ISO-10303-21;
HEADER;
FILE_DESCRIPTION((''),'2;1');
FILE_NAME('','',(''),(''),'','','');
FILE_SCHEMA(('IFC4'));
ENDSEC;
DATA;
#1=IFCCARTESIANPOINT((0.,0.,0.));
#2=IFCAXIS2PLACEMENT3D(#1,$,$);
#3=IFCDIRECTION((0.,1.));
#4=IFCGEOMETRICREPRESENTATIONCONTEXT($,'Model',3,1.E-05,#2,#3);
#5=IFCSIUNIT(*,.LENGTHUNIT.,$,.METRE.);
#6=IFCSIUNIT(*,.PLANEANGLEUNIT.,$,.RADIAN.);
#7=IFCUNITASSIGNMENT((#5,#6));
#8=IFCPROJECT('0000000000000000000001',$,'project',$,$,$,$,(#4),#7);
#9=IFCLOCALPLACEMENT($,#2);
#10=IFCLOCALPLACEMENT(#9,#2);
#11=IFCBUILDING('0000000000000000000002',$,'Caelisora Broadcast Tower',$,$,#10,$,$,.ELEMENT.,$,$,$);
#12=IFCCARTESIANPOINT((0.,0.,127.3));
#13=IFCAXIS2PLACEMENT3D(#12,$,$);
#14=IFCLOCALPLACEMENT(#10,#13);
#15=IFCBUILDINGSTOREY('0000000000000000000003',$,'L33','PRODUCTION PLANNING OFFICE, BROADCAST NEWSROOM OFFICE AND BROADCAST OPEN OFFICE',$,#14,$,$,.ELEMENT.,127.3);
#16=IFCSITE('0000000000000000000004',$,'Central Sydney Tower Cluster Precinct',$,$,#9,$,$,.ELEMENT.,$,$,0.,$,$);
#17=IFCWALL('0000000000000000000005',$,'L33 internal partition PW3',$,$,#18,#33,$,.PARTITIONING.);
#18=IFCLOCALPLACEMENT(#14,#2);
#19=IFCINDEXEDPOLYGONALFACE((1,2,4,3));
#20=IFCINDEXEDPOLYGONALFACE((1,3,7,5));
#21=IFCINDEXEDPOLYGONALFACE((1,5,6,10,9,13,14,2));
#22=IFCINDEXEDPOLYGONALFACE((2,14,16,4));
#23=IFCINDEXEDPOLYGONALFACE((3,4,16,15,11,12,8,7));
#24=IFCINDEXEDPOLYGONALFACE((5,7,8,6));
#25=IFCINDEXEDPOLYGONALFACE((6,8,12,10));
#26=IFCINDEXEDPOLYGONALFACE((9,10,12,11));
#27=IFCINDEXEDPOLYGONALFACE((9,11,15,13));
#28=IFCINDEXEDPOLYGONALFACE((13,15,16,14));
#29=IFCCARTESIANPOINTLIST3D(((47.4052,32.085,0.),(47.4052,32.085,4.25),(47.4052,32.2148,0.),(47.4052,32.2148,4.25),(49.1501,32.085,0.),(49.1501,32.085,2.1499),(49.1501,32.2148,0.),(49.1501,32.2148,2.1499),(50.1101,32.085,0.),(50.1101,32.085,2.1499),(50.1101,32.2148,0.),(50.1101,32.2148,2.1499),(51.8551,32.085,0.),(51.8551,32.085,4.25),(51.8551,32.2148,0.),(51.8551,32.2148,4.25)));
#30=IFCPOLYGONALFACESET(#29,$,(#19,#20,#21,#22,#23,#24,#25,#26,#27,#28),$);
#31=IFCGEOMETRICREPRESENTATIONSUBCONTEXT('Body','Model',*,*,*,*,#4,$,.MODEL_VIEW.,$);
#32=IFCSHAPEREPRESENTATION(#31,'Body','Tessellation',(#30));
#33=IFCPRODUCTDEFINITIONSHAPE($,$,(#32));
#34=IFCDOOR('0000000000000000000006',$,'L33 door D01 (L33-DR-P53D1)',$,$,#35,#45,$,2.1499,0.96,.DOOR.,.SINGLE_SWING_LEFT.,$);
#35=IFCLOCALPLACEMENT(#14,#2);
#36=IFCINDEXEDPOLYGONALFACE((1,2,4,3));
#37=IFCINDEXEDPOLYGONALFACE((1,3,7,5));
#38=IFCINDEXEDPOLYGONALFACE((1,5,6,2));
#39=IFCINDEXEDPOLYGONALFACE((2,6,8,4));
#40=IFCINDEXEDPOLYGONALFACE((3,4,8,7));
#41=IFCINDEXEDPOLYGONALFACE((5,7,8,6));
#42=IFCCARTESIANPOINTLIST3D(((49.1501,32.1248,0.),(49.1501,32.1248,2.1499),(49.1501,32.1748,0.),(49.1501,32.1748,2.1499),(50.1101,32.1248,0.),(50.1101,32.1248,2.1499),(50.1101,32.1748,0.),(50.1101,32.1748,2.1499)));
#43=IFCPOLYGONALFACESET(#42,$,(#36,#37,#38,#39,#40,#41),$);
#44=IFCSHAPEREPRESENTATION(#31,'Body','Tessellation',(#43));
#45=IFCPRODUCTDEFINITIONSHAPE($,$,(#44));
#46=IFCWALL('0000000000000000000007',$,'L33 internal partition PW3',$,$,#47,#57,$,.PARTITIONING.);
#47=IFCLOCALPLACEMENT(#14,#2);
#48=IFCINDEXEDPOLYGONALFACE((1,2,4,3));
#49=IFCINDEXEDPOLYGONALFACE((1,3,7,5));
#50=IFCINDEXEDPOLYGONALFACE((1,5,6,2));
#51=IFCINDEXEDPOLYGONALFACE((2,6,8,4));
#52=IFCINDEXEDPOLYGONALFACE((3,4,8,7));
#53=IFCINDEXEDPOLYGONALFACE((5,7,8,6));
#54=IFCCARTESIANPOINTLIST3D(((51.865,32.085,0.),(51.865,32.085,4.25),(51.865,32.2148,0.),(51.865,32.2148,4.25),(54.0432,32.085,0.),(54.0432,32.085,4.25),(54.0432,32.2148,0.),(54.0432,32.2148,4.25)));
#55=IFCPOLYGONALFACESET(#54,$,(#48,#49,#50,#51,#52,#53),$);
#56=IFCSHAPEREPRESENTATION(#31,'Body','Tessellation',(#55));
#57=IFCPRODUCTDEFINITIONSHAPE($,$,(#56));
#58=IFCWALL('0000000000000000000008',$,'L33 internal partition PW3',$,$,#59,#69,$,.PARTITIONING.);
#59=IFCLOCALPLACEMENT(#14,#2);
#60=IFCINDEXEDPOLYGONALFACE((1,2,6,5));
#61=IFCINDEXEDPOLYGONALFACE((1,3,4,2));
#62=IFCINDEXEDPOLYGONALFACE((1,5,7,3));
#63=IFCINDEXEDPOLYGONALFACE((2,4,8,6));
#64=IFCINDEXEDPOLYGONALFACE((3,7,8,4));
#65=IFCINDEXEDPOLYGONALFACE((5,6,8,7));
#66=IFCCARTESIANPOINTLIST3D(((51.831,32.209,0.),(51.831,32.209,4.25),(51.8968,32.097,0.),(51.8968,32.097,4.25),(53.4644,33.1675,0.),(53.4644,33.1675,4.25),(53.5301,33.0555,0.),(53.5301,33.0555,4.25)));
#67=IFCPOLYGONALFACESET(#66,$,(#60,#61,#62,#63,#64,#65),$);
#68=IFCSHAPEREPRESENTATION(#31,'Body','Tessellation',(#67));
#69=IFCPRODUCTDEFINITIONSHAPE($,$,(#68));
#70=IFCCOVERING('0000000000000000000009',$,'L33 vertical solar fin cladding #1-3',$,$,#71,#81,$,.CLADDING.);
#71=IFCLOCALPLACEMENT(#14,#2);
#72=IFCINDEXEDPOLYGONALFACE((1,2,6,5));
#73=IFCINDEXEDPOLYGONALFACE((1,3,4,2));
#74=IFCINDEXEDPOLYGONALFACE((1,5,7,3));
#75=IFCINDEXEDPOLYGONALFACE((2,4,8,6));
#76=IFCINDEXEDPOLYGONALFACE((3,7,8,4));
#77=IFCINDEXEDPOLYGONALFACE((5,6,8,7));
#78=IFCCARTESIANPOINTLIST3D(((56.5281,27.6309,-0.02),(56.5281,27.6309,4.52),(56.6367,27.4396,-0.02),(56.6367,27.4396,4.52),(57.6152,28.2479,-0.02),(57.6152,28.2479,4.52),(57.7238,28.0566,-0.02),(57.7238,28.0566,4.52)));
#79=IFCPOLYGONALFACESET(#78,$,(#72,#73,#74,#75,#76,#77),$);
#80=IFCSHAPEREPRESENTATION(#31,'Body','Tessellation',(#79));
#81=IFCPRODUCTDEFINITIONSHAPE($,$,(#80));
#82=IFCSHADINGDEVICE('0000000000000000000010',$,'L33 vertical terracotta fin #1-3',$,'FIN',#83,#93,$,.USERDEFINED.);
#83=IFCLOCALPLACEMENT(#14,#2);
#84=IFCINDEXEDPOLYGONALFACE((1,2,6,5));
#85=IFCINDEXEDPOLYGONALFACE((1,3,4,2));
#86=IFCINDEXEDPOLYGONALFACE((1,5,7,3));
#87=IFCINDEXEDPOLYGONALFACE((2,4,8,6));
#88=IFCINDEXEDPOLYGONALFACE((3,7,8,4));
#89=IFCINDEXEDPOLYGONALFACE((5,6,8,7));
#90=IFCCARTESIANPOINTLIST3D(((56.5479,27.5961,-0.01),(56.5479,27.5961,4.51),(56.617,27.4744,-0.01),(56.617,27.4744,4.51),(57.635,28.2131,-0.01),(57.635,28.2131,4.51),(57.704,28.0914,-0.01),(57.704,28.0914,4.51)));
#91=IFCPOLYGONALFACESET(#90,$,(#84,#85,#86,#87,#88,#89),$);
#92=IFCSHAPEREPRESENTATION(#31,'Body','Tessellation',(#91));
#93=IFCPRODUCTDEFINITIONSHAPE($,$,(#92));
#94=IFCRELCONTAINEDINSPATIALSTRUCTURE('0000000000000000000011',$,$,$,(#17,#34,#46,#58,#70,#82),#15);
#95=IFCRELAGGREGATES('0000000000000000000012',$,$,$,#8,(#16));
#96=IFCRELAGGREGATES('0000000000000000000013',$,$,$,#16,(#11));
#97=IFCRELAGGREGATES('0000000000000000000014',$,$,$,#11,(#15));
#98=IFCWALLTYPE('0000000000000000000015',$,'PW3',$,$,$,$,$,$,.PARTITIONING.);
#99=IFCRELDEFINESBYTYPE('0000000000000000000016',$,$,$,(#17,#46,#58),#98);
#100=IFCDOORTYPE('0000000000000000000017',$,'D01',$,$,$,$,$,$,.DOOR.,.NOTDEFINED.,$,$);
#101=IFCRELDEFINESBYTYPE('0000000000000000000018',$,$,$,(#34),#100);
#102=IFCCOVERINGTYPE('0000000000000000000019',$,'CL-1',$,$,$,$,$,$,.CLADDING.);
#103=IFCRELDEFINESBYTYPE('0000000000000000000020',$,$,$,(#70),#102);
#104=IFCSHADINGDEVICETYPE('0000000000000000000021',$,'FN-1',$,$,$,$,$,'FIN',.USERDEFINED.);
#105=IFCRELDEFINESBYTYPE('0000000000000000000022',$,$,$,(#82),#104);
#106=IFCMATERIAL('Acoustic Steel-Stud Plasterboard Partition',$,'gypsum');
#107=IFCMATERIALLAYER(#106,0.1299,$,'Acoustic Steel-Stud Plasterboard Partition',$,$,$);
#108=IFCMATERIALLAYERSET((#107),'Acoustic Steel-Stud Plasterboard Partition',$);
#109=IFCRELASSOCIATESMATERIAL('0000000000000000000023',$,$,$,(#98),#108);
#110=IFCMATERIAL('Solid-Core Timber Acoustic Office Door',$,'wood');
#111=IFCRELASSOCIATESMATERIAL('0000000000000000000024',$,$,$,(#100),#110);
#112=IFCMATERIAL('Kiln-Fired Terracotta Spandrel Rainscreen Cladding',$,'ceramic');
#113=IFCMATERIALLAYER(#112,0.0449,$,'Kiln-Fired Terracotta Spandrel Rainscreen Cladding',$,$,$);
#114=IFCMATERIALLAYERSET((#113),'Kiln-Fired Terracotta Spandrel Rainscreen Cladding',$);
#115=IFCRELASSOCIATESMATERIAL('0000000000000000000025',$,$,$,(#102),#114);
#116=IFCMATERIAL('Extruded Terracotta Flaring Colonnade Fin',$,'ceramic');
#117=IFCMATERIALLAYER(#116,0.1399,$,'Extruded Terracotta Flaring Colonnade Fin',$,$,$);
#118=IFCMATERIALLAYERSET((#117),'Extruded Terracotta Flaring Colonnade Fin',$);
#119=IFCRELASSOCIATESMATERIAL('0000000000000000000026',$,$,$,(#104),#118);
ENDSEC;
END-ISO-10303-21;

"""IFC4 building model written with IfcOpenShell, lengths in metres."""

from ifc_helpers import new_model, si_unit, direction, frame, frame_2d, origin, origin_2d, place, context, subcontext, project, spatial, rectangle, extrude, source, transform, mapped, material, layer, layer_set, type_object, type_shapes, element, fill, save


model = new_model("IFC4")

# Units and contexts
model_context = context("Model", 3, precision=1e-05, world=origin(), true_north=direction((0.0, 1.0)))
body_context = subcontext(model_context, "Body", "Model", "MODEL_VIEW")
ifc_project = project(units=[si_unit("LENGTHUNIT", "METRE"), si_unit("PLANEANGLEUNIT", "RADIAN")], contexts=[model_context])

# Site, building, storey
site_placement = place(None, origin())
site = spatial("IfcSite", under=ifc_project, at=site_placement, Name="Central Sydney Tower Cluster Precinct", CompositionType="ELEMENT", RefElevation=0.0)
building_placement = place(site_placement, origin())
building = spatial("IfcBuilding", under=site, at=building_placement, Name="Caelisora Broadcast Tower", CompositionType="ELEMENT")
storey_placement = place(building_placement, frame((0.0, 0.0, 127.3)))
storey = spatial("IfcBuildingStorey", under=building, at=storey_placement, Name="L33", Description="PRODUCTION PLANNING OFFICE, BROADCAST NEWSROOM OFFICE AND BROADCAST OPEN OFFICE", CompositionType="ELEMENT", Elevation=127.3)

# Shared definitions
ifc_material_1 = material(Name="Acoustic Steel-Stud Plasterboard Partition", Category="gypsum")
ifc_layer_1 = layer(ifc_material_1, 0.1299, Name="Acoustic Steel-Stud Plasterboard Partition")
ifc_layer_set_1 = layer_set([ifc_layer_1], Name="Acoustic Steel-Stud Plasterboard Partition")
wall_type = type_object("IfcWallType", Name="PW3", PredefinedType="PARTITIONING", material=ifc_layer_set_1)

# Wall, opening, door
wall_1_placement = place(storey_placement, frame((47.405, 32.1499, 0.0), z_axis=(0.0, 0.0, 1.0), x_axis=(1.0, 0.0, 0.0)))
wall_1 = element("IfcWall", 1, at=wall_1_placement, inside=storey, type_object=wall_type, Name="L33 internal partition PW3", PredefinedType="PARTITIONING", context=body_context, shape_type="SweptSolid", body=[
    extrude(rectangle(XDim=4.45, YDim=0.1299, at=frame_2d((2.2251, 0.0))), origin(), (0.0, 0.0, 1.0), 4.25),
])
opening_placement = place(wall_1_placement, frame((1.7451, 0.0, 0.0)))
opening = element("IfcOpeningElement", 2, at=opening_placement, cuts=wall_1, PredefinedType="OPENING", context=body_context, shape_type="SweptSolid", body=[
    extrude(rectangle(XDim=0.96, YDim=2.1499, at=frame_2d((0.48, 1.075))), frame((0.0, 0.0769, 0.0), z_axis=(0.0, -1.0, 0.0), x_axis=(1.0, 0.0, 0.0)), (0.0, 0.0, 1.0), 0.1538),
])
ifc_material_2 = material(Name="Solid-Core Timber Acoustic Office Door", Category="wood")
door_type = type_object("IfcDoorType", Name="D01", OperationType="NOTDEFINED", PredefinedType="DOOR", material=ifc_material_2)
door_placement = place(opening_placement, origin())
door = element("IfcDoor", 3, at=door_placement, inside=storey, type_object=door_type, Name="L33 door D01 (L33-DR-P53D1)", OperationType="SINGLE_SWING_LEFT", OverallHeight=2.1499, OverallWidth=0.96, PredefinedType="DOOR", context=body_context, shape_type="SweptSolid", body=[
    extrude(rectangle(XDim=0.96, YDim=2.1499, at=frame_2d((0.48, 1.075))), frame((0.0, 0.0249, 0.0), z_axis=(0.0, -1.0, 0.0), x_axis=(1.0, 0.0, 0.0)), (0.0, 0.0, 1.0), 0.05),
])
fill(opening, door)

# Walls
wall_2_placement = place(storey_placement, frame((51.865, 32.1499, 0.0), z_axis=(0.0, 0.0, 1.0), x_axis=(1.0, 0.0, 0.0)))
element("IfcWall", 4, at=wall_2_placement, inside=storey, type_object=wall_type, Name="L33 internal partition PW3", PredefinedType="PARTITIONING", context=body_context, shape_type="SweptSolid", body=[
    extrude(rectangle(XDim=2.1782, YDim=0.1299, at=frame_2d((1.0891, 0.0))), origin(), (0.0, 0.0, 1.0), 4.25),
])
wall_3_placement = place(storey_placement, frame((51.864, 32.1531, 0.0), z_axis=(0.0, 0.0, 1.0), x_axis=(0.862457, 0.50613, 0.0)))
element("IfcWall", 5, at=wall_3_placement, inside=storey, type_object=wall_type, Name="L33 internal partition PW3", PredefinedType="PARTITIONING", context=body_context, shape_type="SweptSolid", body=[
    extrude(rectangle(XDim=1.8938, YDim=0.1299, at=frame_2d((0.9468, 0.0))), origin(), (0.0, 0.0, 1.0), 4.25),
])

# Covering
ifc_material_3 = material(Name="Kiln-Fired Terracotta Spandrel Rainscreen Cladding", Category="ceramic")
ifc_layer_2 = layer(ifc_material_3, 0.0449, Name="Kiln-Fired Terracotta Spandrel Rainscreen Cladding")
ifc_layer_set_2 = layer_set([ifc_layer_2], Name="Kiln-Fired Terracotta Spandrel Rainscreen Cladding")
covering_type = type_object("IfcCoveringType", Name="CL-1", PredefinedType="CLADDING", material=ifc_layer_set_2)
shared_shape_1 = source(origin(), body_context, "Body", "SweptSolid", [
    extrude(rectangle(XDim=0.22, YDim=1.25, at=origin_2d()), origin(), (0.0, 0.0, 1.0), 4.54),
])
type_shapes(covering_type, [shared_shape_1])
covering_placement = place(storey_placement, frame((57.126, 27.8438, -0.02), z_axis=(0.0, 0.0, 1.0), x_axis=(0.493638, -0.869667, 0.0)))
element("IfcCovering", 6, at=covering_placement, inside=storey, type_object=covering_type, Name="L33 vertical solar fin cladding #1-3", PredefinedType="CLADDING", context=body_context, shape_type="MappedRepresentation", body=[
    mapped(shared_shape_1, transform((0.0, 0.0, 0.0), scale=1.0)),
])

# Shading device
ifc_material_4 = material(Name="Extruded Terracotta Flaring Colonnade Fin", Category="ceramic")
ifc_layer_3 = layer(ifc_material_4, 0.1399, Name="Extruded Terracotta Flaring Colonnade Fin")
ifc_layer_set_3 = layer_set([ifc_layer_3], Name="Extruded Terracotta Flaring Colonnade Fin")
shading_device_type = type_object("IfcShadingDeviceType", Name="FN-1", ElementType="FIN", PredefinedType="USERDEFINED", material=ifc_layer_set_3)
shared_shape_2 = source(origin(), body_context, "Body", "SweptSolid", [
    extrude(rectangle(XDim=0.1399, YDim=1.25, at=origin_2d()), origin(), (0.0, 0.0, 1.0), 4.52),
])
type_shapes(shading_device_type, [shared_shape_2])
shading_device_placement = place(storey_placement, frame((57.126, 27.8438, -0.01), z_axis=(0.0, 0.0, 1.0), x_axis=(0.493638, -0.869667, 0.0)))
element("IfcShadingDevice", 7, at=shading_device_placement, inside=storey, type_object=shading_device_type, Name="L33 vertical terracotta fin #1-3", ObjectType="FIN", PredefinedType="USERDEFINED", context=body_context, shape_type="MappedRepresentation", body=[
    mapped(shared_shape_2, transform((0.0, 0.0, 0.0), scale=1.0)),
])

save(model, "model.ifc")
